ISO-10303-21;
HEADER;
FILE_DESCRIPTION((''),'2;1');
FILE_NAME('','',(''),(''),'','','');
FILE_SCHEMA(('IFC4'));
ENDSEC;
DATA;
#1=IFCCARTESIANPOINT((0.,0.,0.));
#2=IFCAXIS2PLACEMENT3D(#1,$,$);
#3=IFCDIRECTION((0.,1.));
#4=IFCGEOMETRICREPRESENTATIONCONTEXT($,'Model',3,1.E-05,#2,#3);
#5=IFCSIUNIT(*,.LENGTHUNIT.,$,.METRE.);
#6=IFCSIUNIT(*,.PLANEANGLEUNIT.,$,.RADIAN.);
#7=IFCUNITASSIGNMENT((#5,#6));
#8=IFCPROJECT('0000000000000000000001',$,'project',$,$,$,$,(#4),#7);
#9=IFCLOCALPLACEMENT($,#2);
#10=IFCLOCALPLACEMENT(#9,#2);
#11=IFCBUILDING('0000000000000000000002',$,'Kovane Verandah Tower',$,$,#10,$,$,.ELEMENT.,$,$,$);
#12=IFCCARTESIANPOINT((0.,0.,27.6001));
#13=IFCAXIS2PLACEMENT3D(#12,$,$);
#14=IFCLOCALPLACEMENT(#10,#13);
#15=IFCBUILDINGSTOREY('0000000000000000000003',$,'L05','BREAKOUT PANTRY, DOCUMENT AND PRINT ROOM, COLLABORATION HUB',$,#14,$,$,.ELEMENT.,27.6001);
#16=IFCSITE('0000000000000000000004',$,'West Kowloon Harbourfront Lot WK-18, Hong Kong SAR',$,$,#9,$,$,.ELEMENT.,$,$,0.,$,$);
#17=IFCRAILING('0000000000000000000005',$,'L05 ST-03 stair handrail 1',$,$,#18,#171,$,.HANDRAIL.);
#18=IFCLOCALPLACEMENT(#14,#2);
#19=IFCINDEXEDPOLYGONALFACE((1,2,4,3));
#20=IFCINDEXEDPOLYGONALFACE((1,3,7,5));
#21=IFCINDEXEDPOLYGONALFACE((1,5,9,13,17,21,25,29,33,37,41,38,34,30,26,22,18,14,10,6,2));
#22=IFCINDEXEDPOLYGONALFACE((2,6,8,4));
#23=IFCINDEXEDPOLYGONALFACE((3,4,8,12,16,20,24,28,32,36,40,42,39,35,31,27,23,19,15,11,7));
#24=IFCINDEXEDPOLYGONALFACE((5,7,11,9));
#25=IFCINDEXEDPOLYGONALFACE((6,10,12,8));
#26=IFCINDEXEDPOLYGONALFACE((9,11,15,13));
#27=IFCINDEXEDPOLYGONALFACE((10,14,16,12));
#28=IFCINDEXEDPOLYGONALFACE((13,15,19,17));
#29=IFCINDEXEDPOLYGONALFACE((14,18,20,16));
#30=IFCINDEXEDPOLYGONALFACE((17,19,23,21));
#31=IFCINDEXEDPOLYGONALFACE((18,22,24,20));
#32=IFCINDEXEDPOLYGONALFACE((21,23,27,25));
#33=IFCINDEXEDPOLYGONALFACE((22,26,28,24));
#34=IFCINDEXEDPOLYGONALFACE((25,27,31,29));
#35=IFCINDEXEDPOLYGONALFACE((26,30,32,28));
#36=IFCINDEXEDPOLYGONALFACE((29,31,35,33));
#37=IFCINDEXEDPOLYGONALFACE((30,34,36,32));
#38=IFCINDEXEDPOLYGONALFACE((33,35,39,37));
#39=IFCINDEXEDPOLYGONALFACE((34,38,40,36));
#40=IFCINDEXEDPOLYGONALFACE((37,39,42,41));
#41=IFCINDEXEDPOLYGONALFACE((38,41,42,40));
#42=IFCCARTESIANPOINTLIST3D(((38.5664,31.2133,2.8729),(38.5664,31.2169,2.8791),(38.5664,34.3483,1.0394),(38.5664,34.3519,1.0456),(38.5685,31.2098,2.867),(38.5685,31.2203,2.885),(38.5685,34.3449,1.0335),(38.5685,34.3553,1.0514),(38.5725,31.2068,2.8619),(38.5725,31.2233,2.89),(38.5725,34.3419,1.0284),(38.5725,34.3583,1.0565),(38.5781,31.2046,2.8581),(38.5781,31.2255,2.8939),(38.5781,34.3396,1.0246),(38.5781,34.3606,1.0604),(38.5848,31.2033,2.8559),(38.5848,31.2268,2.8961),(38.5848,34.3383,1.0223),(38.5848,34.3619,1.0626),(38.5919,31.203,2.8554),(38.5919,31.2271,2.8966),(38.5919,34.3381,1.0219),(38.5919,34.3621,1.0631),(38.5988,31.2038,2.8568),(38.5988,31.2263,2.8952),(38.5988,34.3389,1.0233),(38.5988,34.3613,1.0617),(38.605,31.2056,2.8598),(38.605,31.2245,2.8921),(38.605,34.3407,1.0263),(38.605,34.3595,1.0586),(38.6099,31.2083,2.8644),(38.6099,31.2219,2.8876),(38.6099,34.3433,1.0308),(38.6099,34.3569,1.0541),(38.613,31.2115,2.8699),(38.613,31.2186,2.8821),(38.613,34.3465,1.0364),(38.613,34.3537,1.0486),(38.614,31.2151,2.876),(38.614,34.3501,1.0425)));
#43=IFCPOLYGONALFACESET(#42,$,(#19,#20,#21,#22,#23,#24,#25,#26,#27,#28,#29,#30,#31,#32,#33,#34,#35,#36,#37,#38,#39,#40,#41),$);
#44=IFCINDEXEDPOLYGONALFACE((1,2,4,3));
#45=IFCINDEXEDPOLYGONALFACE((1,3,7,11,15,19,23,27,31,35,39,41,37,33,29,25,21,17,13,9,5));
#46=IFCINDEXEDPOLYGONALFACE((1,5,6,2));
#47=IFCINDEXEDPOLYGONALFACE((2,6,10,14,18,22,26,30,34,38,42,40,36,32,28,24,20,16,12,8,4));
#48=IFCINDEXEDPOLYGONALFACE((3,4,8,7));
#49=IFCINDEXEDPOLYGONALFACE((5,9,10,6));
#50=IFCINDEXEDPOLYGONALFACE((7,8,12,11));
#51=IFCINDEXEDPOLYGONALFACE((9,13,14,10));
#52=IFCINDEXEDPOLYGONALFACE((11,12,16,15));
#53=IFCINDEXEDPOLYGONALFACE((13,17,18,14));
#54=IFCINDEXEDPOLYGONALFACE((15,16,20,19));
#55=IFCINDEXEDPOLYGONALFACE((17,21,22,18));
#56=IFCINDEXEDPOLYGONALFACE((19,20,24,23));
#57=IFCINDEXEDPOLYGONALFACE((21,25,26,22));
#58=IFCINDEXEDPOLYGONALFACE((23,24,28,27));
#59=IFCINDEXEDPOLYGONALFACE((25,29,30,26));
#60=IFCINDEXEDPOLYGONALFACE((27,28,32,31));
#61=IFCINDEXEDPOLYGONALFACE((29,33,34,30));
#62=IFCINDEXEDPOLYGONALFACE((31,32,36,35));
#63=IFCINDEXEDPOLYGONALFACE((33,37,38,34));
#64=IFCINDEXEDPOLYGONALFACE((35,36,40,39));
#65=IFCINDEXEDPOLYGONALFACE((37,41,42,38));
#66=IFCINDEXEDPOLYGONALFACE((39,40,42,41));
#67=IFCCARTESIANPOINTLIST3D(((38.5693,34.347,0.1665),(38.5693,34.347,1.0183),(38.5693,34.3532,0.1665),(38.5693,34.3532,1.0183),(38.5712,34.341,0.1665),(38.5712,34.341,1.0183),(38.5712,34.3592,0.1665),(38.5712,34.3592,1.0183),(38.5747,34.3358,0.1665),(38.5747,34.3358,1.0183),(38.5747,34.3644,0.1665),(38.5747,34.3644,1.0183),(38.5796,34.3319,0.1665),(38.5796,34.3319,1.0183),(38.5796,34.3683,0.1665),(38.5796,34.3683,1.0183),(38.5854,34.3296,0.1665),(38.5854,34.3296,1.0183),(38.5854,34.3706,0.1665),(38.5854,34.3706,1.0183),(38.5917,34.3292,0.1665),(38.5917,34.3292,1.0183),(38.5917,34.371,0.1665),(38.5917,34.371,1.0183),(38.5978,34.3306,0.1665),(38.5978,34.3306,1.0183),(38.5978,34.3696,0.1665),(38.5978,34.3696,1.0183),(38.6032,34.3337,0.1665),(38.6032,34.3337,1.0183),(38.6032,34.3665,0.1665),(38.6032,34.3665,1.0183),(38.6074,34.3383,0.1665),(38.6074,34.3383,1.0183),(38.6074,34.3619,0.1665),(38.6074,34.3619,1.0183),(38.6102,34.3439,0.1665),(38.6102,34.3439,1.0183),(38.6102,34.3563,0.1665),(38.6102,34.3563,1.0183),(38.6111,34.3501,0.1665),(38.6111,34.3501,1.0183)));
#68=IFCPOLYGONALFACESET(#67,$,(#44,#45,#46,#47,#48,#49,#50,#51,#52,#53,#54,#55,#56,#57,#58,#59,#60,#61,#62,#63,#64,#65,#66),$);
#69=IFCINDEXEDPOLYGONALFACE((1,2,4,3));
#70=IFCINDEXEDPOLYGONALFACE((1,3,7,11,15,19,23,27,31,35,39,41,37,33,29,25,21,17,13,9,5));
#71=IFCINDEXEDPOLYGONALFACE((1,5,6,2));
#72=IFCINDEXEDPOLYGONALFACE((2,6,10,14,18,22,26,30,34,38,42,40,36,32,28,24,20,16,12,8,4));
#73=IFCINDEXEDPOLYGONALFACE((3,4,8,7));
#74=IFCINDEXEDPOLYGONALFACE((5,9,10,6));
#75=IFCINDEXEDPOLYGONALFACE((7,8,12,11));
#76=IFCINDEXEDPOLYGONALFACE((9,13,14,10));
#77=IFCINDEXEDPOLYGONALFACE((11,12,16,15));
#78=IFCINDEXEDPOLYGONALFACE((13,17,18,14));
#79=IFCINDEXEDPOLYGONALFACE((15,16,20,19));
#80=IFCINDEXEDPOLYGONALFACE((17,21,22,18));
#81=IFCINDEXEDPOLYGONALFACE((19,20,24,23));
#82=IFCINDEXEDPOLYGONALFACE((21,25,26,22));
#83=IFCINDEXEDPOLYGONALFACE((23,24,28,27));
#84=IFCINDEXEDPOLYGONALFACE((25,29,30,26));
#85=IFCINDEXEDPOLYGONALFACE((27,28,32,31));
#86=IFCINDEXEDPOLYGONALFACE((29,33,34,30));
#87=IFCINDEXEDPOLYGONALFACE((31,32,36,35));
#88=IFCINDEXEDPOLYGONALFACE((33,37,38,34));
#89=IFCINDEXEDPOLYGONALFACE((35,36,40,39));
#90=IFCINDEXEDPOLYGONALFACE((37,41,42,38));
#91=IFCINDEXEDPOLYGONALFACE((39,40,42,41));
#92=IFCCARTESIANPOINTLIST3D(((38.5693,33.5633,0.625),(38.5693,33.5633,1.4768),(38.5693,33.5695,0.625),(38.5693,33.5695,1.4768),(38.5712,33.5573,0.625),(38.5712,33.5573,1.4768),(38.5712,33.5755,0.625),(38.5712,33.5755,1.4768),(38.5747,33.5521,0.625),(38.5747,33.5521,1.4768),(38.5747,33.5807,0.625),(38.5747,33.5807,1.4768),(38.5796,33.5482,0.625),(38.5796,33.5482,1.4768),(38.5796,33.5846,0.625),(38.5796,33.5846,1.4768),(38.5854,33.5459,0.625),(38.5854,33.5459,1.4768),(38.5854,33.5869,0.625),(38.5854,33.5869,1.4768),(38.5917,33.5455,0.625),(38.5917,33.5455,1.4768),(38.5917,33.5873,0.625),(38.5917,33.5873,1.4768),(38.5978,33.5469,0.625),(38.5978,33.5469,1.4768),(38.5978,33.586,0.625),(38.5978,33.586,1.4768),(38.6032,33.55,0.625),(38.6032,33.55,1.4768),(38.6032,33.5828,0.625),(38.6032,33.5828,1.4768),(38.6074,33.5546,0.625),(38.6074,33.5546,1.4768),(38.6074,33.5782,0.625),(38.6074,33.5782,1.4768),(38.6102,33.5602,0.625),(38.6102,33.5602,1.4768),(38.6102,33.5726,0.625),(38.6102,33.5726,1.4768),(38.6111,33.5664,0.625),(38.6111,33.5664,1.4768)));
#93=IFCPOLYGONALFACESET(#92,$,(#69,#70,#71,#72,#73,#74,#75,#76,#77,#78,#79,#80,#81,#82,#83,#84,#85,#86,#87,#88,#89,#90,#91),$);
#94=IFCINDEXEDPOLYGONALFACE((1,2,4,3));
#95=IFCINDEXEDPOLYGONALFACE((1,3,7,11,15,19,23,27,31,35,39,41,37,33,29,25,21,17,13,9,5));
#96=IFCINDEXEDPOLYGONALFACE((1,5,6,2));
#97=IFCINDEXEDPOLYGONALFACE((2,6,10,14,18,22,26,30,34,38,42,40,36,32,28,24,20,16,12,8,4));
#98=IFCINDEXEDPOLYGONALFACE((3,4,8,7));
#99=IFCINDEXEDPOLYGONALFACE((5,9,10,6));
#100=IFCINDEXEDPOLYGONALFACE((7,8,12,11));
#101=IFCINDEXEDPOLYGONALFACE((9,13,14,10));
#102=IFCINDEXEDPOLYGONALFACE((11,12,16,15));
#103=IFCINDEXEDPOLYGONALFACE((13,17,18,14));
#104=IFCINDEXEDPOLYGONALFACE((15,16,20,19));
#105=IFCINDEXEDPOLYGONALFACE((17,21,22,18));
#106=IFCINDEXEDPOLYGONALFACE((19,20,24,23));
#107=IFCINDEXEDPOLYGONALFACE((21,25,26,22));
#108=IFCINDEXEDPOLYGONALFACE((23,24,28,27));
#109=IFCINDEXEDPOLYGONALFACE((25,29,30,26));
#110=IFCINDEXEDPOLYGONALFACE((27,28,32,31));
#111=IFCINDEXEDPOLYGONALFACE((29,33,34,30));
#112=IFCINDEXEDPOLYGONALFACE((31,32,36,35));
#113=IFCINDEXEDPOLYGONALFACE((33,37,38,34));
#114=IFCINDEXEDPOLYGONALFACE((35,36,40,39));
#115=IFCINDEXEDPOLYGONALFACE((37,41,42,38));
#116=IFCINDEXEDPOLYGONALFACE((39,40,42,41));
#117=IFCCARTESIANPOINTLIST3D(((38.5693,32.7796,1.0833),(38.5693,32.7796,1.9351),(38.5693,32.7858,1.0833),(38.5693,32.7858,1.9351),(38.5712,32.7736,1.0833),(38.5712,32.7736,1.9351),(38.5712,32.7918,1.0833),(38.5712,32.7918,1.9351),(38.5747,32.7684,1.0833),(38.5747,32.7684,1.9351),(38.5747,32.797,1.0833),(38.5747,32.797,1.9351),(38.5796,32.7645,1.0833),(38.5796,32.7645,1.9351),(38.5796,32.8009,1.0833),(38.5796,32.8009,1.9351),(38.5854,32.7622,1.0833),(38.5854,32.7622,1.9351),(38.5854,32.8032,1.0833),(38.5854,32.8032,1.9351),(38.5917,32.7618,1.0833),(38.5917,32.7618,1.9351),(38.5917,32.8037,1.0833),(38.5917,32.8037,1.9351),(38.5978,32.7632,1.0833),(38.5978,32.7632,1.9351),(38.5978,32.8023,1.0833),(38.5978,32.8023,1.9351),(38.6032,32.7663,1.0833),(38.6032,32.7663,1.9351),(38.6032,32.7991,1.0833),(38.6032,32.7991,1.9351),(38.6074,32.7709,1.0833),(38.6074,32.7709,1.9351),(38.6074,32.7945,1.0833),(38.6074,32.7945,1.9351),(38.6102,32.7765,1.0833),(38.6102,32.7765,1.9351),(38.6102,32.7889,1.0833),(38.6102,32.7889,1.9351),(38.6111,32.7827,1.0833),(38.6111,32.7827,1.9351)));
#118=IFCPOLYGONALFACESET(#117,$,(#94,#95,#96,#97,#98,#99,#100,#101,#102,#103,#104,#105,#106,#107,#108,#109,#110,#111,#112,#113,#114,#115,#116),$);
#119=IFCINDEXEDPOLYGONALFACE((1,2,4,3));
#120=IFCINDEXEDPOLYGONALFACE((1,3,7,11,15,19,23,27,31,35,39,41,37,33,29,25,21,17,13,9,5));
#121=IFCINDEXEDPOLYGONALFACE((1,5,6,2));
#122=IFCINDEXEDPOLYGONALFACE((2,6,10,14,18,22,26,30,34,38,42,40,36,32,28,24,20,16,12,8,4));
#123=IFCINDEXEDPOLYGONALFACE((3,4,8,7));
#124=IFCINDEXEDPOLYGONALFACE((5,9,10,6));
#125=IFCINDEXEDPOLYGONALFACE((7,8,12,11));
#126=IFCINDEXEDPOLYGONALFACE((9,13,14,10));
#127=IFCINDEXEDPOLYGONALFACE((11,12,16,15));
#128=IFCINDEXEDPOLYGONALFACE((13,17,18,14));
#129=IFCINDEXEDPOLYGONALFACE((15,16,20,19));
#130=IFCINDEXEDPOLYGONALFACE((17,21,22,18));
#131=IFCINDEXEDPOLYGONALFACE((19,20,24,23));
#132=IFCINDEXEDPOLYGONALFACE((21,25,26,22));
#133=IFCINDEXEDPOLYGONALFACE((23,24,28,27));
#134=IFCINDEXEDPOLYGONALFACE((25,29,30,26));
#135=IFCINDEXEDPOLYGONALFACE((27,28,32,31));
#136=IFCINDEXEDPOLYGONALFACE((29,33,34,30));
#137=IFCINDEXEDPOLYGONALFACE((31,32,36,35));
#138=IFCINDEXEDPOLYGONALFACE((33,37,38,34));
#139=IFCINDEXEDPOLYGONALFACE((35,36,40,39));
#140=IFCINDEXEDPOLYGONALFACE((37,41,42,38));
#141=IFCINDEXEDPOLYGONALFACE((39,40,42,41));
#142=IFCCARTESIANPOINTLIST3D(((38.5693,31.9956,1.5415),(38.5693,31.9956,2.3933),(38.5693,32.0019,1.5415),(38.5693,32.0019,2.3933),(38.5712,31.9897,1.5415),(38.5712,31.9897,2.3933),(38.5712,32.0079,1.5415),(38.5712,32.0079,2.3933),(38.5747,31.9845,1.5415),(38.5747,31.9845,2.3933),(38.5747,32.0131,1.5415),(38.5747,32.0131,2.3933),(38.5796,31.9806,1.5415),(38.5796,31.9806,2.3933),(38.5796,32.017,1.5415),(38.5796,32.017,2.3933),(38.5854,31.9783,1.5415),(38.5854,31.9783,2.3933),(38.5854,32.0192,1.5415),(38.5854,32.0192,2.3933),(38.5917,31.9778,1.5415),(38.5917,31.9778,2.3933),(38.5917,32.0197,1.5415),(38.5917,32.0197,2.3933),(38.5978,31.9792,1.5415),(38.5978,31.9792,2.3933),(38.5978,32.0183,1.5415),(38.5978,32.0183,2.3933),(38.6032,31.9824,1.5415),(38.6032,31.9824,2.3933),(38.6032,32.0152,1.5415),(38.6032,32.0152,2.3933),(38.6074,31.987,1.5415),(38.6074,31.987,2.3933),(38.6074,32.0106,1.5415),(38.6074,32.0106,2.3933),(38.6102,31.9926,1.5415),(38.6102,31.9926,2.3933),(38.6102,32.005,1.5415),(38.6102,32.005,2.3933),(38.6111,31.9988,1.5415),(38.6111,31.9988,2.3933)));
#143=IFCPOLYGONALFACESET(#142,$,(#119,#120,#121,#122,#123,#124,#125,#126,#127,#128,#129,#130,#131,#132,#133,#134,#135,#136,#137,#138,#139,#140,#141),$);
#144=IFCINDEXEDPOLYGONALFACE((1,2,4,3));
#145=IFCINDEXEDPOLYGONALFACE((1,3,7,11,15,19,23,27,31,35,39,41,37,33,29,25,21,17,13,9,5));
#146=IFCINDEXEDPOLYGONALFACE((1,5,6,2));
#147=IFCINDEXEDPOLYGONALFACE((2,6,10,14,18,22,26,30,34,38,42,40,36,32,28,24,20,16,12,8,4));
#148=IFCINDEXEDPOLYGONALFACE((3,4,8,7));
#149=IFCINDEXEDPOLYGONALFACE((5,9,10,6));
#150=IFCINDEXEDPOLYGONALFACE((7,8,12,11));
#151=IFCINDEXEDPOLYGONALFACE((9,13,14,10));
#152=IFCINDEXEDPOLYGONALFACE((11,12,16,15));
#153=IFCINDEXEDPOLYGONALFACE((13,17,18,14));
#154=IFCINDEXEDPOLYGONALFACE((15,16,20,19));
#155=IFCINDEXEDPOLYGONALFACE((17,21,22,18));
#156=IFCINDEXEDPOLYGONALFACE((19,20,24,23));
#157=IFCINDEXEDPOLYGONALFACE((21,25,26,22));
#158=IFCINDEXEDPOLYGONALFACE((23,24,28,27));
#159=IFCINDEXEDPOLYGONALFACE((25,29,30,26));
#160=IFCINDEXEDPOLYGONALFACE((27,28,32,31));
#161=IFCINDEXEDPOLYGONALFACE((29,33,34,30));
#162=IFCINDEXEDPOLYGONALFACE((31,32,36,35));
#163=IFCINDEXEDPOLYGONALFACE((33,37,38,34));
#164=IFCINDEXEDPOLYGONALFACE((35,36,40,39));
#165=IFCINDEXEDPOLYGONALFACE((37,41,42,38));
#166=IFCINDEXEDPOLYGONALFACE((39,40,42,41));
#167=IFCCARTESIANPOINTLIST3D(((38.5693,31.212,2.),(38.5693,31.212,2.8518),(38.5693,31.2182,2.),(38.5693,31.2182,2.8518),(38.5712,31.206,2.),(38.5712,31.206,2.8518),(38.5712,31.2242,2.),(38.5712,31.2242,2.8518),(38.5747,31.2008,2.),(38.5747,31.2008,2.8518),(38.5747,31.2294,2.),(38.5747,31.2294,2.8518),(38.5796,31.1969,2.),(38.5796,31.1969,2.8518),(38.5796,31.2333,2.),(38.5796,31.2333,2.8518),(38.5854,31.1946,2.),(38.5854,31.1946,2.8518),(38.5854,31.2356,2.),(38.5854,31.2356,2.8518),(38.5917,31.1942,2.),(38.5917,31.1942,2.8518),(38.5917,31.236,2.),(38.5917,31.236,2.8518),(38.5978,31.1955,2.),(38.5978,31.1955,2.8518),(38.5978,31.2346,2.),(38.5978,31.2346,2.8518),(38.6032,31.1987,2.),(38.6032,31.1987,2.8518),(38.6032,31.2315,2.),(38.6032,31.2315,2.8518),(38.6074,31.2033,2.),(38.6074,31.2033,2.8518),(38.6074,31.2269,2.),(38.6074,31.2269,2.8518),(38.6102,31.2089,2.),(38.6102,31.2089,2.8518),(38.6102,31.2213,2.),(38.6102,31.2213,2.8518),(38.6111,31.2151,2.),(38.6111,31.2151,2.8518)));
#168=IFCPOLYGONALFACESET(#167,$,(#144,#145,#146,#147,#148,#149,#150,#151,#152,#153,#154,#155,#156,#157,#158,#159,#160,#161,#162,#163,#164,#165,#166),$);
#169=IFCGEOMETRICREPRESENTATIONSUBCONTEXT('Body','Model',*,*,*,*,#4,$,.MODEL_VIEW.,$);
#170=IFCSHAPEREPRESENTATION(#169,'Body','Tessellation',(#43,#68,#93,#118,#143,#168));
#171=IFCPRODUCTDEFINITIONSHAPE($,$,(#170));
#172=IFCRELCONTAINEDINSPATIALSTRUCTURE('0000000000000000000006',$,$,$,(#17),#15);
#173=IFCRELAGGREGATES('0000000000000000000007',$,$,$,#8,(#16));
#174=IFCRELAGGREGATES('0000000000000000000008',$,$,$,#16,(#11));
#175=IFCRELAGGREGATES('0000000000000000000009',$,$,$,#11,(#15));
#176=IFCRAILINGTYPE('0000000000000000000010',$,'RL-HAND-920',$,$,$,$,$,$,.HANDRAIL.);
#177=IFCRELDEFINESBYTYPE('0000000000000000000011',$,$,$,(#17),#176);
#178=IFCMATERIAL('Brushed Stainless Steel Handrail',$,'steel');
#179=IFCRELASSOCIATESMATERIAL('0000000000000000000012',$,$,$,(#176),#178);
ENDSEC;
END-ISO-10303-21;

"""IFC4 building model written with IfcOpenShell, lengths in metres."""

from ifc_helpers import new_model, si_unit, direction, frame, origin, origin_2d, place, context, subcontext, project, spatial, circle, extrude, material, type_object, element, save


model = new_model("IFC4")

# Units and contexts
model_context = context("Model", 3, precision=1e-05, world=origin(), true_north=direction((0.0, 1.0)))
body_context = subcontext(model_context, "Body", "Model", "MODEL_VIEW")
ifc_project = project(units=[si_unit("LENGTHUNIT", "METRE"), si_unit("PLANEANGLEUNIT", "RADIAN")], contexts=[model_context])

# Site, building, storey
site_placement = place(None, origin())
site = spatial("IfcSite", under=ifc_project, at=site_placement, Name="West Kowloon Harbourfront Lot WK-18, Hong Kong SAR", CompositionType="ELEMENT", RefElevation=0.0)
building_placement = place(site_placement, origin())
building = spatial("IfcBuilding", under=site, at=building_placement, Name="Kovane Verandah Tower", CompositionType="ELEMENT")
storey_placement = place(building_placement, frame((0.0, 0.0, 27.6001)))
storey = spatial("IfcBuildingStorey", under=building, at=storey_placement, Name="L05", Description="BREAKOUT PANTRY, DOCUMENT AND PRINT ROOM, COLLABORATION HUB", CompositionType="ELEMENT", Elevation=27.6001)

# Railing
ifc_material_1 = material(Name="Brushed Stainless Steel Handrail", Category="steel")
railing_type_1 = type_object("IfcRailingType", Name="RL-HAND-920", PredefinedType="HANDRAIL", material=ifc_material_1)
for number, where, name in (
    (1, (38.5901, 34.3501, 0.1665), "L05 ST-03 stair handrail 1"),
):
    element("IfcRailing", number, at=place(storey_placement, frame(where)), inside=storey, type_object=railing_type_1, Name=name, PredefinedType="HANDRAIL", context=body_context, shape_type="SweptSolid", body=[
        extrude(circle(Radius=0.0239, at=origin_2d()), frame((0.0, 0.0, 0.876), z_axis=(0.0, -0.86321, 0.504845), x_axis=(1.0, 0.0, 0.0)), (0.0, 0.0, 1.0), 3.6318),
        extrude(circle(Radius=0.021, at=origin_2d()), origin(), (0.0, 0.0, 1.0), 0.8518),
        extrude(circle(Radius=0.021, at=origin_2d()), frame((0.0, -0.7837, 0.4585)), (0.0, 0.0, 1.0), 0.8518),
        extrude(circle(Radius=0.021, at=origin_2d()), frame((0.0, -1.5674, 0.9167)), (0.0, 0.0, 1.0), 0.8518),
        extrude(circle(Radius=0.021, at=origin_2d()), frame((0.0, -2.3513, 1.375)), (0.0, 0.0, 1.0), 0.8518),
        extrude(circle(Radius=0.021, at=origin_2d()), frame((0.0, -3.135, 1.8335)), (0.0, 0.0, 1.0), 0.8518),
    ])

save(model, "model.ifc")
